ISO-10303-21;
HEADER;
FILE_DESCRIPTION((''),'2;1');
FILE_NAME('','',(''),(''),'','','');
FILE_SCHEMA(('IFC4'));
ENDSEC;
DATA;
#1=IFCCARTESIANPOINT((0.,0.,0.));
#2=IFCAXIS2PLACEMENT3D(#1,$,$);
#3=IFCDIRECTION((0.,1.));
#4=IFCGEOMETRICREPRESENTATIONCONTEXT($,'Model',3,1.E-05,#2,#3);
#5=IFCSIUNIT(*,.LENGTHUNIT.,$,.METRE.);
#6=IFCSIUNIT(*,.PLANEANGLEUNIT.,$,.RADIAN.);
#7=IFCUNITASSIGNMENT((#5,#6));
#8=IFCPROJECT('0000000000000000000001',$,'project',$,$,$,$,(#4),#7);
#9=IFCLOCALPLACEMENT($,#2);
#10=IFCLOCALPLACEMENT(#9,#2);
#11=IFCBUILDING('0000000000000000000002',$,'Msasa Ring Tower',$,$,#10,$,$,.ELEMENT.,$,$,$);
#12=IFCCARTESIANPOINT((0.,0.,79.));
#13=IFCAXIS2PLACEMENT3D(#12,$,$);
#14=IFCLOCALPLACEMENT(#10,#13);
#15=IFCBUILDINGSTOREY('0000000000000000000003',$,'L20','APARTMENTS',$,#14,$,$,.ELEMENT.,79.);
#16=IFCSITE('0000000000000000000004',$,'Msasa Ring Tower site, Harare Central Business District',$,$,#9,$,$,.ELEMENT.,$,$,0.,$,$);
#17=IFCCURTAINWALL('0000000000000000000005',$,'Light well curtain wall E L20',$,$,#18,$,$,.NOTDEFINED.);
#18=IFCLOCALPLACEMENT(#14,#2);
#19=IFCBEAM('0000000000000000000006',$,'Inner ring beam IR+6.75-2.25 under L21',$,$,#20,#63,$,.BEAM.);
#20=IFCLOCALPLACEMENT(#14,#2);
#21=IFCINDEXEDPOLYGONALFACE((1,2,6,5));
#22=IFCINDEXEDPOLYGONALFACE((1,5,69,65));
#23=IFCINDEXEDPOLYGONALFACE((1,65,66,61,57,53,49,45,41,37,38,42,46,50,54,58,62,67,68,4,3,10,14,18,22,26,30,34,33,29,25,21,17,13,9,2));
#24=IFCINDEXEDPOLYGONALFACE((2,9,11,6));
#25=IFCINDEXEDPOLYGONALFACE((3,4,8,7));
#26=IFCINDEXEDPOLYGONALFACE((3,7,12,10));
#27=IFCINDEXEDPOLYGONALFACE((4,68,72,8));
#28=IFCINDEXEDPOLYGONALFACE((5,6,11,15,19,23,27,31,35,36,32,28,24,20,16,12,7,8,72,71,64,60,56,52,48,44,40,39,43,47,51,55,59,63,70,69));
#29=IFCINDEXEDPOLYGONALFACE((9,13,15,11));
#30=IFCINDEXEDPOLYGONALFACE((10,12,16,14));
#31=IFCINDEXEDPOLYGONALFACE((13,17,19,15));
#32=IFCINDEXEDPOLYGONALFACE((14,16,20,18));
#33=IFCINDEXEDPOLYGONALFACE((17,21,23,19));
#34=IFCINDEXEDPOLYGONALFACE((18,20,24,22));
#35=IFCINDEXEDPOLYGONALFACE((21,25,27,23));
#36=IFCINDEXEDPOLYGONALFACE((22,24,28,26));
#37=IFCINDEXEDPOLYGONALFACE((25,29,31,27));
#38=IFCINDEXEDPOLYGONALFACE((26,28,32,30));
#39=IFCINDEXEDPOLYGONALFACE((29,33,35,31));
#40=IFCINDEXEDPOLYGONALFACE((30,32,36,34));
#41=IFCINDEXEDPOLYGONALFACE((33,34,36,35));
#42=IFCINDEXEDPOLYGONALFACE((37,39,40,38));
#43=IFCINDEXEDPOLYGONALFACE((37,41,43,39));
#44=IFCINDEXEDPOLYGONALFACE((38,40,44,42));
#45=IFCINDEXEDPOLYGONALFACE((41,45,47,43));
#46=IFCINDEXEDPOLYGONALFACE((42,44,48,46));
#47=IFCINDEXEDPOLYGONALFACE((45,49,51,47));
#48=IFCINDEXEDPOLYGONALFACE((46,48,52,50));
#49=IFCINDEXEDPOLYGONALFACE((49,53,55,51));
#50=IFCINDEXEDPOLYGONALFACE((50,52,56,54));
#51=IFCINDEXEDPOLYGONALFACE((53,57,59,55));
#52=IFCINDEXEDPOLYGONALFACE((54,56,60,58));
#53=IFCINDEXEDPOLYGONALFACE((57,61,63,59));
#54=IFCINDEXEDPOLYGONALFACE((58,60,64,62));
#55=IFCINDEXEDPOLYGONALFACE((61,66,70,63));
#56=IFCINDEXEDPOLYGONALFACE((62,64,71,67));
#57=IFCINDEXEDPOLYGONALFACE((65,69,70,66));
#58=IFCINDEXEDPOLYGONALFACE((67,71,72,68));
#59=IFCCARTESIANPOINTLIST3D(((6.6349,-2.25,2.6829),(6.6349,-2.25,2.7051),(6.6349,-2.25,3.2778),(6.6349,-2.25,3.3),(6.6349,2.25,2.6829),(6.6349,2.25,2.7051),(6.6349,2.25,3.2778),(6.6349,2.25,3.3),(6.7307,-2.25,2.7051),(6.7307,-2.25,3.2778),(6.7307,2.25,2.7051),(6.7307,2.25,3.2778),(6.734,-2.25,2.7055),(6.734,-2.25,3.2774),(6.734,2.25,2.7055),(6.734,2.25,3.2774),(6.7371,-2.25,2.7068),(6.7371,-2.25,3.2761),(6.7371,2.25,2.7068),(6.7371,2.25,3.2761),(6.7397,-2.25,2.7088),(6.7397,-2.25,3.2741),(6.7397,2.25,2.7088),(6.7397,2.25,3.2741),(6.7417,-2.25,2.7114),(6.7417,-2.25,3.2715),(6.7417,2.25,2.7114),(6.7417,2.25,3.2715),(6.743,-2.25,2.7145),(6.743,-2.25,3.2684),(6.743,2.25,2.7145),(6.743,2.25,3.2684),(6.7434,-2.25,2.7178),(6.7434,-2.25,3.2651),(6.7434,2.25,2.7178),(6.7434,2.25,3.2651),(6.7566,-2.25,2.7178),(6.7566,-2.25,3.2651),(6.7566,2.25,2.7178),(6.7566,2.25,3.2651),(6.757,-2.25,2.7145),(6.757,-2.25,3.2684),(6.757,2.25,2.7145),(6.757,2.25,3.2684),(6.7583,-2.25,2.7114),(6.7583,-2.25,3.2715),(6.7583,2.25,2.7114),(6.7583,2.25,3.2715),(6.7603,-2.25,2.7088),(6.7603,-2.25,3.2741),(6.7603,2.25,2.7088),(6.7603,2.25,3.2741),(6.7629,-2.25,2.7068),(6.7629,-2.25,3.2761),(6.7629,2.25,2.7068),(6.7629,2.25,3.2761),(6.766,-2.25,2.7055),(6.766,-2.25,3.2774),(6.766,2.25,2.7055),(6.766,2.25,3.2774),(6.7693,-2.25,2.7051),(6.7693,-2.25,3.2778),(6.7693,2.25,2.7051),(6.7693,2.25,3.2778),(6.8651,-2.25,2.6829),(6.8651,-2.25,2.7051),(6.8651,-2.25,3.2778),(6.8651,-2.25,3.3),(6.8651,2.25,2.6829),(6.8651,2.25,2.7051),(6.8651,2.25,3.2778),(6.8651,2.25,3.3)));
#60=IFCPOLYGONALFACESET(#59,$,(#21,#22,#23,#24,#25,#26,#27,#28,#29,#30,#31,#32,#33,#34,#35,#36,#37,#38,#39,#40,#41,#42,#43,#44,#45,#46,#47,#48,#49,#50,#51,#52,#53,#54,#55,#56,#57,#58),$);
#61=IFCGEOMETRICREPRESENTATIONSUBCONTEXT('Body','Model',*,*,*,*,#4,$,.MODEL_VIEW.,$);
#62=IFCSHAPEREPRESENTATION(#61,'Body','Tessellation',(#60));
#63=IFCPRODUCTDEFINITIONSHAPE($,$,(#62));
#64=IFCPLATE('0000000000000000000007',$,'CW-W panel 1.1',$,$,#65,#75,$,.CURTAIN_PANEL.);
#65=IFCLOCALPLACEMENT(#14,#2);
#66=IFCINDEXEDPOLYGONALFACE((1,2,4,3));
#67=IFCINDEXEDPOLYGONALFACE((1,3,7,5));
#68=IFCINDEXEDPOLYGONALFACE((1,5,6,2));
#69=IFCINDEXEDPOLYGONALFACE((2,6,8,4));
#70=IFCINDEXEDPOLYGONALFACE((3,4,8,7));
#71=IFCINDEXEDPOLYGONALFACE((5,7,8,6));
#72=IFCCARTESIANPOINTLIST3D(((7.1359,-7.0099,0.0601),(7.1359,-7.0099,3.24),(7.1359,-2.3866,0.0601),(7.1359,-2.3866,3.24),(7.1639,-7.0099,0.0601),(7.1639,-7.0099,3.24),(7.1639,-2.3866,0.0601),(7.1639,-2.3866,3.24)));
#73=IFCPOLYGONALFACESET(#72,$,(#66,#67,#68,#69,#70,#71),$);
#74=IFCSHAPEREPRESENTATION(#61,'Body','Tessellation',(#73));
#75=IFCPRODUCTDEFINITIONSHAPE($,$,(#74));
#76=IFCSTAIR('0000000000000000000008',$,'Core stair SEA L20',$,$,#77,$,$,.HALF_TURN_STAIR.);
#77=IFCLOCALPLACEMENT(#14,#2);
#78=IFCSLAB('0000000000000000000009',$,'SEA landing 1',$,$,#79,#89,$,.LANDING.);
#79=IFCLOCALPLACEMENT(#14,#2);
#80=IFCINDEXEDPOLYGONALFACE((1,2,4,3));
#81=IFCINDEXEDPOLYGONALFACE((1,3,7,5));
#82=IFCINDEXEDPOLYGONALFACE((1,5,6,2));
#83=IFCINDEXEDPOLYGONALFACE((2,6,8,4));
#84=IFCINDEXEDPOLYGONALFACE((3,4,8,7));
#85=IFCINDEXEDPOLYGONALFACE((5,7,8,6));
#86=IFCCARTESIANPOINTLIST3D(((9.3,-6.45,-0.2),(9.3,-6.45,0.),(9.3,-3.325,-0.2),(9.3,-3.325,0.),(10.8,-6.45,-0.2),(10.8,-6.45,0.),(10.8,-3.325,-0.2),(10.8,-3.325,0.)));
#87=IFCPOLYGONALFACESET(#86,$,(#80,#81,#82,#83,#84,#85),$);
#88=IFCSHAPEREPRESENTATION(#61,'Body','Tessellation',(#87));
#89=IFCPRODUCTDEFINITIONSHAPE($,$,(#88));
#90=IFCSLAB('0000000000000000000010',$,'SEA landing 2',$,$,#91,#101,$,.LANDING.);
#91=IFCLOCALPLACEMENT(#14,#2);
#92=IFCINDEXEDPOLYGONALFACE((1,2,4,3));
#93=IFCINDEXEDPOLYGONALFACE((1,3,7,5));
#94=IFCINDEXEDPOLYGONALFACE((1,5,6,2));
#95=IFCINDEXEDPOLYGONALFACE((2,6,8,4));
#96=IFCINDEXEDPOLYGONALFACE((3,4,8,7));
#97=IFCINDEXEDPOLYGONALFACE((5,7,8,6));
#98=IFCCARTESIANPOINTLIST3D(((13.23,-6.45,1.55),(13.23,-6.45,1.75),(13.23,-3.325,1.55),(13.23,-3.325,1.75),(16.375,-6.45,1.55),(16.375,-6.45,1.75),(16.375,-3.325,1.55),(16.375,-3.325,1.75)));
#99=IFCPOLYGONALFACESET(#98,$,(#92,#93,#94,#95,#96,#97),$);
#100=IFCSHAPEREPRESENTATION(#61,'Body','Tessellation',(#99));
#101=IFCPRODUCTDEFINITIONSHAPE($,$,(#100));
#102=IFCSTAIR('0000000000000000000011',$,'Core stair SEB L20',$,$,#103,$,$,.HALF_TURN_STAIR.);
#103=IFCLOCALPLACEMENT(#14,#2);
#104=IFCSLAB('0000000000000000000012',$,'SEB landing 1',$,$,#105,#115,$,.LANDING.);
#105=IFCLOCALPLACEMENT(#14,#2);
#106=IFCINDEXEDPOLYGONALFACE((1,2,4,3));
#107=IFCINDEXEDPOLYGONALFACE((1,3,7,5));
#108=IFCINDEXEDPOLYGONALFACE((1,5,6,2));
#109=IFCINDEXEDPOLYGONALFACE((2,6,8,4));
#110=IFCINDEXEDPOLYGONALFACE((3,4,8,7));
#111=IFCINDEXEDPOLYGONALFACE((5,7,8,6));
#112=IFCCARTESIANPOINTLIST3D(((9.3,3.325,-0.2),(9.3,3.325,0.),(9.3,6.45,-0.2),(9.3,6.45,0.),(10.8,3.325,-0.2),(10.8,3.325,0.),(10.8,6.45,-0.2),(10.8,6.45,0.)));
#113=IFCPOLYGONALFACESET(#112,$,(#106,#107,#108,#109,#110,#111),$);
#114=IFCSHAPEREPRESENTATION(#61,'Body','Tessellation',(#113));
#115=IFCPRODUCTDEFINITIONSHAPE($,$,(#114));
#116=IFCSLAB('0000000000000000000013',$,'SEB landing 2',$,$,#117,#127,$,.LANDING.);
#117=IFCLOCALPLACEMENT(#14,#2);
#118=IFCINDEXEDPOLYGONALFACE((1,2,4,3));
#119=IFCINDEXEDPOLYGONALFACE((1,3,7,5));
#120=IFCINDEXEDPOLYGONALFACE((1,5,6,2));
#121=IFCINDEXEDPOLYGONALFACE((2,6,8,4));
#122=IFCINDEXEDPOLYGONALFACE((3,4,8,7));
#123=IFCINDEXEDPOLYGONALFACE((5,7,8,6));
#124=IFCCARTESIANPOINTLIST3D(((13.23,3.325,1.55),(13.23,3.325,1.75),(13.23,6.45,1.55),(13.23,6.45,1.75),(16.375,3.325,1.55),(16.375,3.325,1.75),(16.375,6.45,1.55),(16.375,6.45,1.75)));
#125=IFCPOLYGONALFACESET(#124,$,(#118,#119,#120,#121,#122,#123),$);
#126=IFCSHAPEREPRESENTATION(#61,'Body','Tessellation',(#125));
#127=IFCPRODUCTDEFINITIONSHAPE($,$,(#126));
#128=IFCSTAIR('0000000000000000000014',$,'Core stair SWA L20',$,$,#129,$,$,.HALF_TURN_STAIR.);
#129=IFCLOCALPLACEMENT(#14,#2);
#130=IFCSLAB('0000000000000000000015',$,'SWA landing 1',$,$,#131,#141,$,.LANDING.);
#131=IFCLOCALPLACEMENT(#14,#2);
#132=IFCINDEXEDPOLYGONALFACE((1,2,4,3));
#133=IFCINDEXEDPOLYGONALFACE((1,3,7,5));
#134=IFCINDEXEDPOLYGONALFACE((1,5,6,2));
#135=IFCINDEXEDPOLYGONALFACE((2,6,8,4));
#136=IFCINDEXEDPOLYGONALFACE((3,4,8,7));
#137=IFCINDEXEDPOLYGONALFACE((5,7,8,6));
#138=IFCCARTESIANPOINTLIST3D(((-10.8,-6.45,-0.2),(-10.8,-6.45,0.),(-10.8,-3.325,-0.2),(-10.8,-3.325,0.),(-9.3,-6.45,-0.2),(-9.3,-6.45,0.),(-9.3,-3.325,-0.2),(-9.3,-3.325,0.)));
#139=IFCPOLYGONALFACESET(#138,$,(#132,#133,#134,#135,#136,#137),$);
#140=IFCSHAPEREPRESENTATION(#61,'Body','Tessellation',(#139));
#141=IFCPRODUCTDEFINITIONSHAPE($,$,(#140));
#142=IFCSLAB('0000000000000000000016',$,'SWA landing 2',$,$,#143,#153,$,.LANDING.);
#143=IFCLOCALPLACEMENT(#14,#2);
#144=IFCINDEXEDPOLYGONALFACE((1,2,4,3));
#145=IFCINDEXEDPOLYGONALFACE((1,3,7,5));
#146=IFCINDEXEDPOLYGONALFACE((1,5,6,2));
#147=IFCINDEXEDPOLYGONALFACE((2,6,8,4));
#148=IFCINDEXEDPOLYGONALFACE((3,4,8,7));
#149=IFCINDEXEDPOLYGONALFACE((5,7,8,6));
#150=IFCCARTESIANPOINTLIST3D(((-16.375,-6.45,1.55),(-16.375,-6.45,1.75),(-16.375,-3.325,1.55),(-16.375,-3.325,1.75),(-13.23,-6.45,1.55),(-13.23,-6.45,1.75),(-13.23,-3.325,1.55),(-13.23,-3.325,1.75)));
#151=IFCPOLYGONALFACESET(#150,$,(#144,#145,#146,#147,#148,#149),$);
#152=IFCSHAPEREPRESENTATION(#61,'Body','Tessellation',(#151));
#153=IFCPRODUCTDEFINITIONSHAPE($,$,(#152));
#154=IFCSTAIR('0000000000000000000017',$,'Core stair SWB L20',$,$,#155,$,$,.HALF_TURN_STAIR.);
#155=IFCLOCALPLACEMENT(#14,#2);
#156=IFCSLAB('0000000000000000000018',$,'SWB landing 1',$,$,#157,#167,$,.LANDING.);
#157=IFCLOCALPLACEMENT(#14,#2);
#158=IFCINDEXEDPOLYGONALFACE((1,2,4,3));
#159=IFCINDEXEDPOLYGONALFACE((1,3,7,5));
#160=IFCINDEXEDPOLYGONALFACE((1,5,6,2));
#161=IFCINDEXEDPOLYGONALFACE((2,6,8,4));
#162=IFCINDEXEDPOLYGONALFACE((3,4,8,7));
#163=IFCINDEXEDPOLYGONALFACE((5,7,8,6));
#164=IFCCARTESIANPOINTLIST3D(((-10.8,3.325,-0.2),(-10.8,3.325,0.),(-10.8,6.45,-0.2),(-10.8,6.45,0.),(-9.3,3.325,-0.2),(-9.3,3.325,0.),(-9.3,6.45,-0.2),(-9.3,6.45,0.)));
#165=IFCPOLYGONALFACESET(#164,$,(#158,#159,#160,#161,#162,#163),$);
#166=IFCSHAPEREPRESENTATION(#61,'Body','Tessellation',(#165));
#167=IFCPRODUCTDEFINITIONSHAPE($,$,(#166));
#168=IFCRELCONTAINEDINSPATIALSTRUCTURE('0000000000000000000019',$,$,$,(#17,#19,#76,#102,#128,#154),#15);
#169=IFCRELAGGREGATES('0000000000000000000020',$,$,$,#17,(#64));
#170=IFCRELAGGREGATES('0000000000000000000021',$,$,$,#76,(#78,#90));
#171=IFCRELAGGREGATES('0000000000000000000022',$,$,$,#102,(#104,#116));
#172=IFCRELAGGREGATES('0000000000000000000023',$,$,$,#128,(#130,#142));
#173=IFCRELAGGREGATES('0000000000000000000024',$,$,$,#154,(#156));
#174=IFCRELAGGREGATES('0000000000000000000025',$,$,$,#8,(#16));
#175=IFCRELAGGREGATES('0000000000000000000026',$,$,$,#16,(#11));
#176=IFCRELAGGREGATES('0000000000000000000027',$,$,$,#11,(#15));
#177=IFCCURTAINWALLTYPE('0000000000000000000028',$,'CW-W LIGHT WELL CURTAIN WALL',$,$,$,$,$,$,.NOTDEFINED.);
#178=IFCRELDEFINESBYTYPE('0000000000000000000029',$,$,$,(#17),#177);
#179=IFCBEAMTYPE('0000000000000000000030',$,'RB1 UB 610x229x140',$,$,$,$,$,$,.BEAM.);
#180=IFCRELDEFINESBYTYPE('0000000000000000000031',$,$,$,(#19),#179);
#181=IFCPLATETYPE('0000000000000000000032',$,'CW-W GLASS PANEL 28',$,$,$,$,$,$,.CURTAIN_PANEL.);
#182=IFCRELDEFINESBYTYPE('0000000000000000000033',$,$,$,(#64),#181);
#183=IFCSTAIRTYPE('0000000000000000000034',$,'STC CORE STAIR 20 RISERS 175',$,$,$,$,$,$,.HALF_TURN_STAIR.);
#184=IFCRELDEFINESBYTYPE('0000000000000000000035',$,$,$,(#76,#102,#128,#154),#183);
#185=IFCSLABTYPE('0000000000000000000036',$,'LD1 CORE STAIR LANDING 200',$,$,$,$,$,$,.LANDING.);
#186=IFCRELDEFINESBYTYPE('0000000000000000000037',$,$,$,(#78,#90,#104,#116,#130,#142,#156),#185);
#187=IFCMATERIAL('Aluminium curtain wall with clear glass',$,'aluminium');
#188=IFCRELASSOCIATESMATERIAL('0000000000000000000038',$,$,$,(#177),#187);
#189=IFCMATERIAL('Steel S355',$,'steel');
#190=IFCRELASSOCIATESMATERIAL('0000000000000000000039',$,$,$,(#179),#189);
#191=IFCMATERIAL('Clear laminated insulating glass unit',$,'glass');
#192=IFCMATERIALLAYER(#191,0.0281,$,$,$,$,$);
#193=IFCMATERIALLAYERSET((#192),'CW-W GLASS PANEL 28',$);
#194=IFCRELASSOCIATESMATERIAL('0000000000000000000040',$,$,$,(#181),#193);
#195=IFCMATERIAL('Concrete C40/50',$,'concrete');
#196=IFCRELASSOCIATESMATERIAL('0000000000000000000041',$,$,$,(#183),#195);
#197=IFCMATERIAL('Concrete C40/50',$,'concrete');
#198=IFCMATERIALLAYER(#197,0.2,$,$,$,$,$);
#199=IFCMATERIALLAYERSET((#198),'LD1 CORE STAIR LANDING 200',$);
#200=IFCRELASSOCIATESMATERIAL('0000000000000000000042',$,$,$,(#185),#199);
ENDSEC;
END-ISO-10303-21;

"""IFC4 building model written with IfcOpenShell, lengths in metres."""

from ifc_helpers import new_model, si_unit, direction, frame, origin, origin_2d, place, context, subcontext, project, spatial, polyline, rectangle, i_section, outline, extrude, material, layer, layer_set, material_profile, profile_set, type_object, element, aggregate, save


model = new_model("IFC4")

# Units and contexts
model_context = context("Model", 3, precision=1e-05, world=origin(), true_north=direction((0.0, 1.0)))
body_context = subcontext(model_context, "Body", "Model", "MODEL_VIEW")
ifc_project = project(units=[si_unit("LENGTHUNIT", "METRE"), si_unit("PLANEANGLEUNIT", "RADIAN")], contexts=[model_context])

# Site, building, storey
site_placement = place(None, origin())
site = spatial("IfcSite", under=ifc_project, at=site_placement, Name="Msasa Ring Tower site, Harare Central Business District", CompositionType="ELEMENT", RefElevation=0.0)
building_placement = place(site_placement, origin())
building = spatial("IfcBuilding", under=site, at=building_placement, Name="Msasa Ring Tower", CompositionType="ELEMENT")
storey_placement = place(building_placement, frame((0.0, 0.0, 79.0)))
storey = spatial("IfcBuildingStorey", under=building, at=storey_placement, Name="L20", Description="APARTMENTS", CompositionType="ELEMENT", Elevation=79.0)

# Curtain wall
ifc_material_1 = material(Name="Aluminium curtain wall with clear glass", Category="aluminium")
curtain_wall_type = type_object("IfcCurtainWallType", Name="CW-W LIGHT WELL CURTAIN WALL", PredefinedType="NOTDEFINED", material=ifc_material_1)
curtain_wall_placement = place(storey_placement, origin())
curtain_wall = element("IfcCurtainWall", 1, at=curtain_wall_placement, inside=storey, type_object=curtain_wall_type, Name="Light well curtain wall E L20", PredefinedType="NOTDEFINED")

# Beam
ifc_material_2 = material(Name="Steel S355", Category="steel")
ifc_material_profile_1 = material_profile(ifc_material_2, i_section(OverallWidth=0.2302, OverallDepth=0.6172, WebThickness=0.0132, FlangeThickness=0.0222, FilletRadius=0.0127, at=origin_2d()), Name="UB 610x229x140")
ifc_profile_set_1 = profile_set([ifc_material_profile_1], Name="Steel S355")
beam_type = type_object("IfcBeamType", Name="RB1 UB 610x229x140", PredefinedType="BEAM", material=ifc_profile_set_1)
for number, where, z_axis, x_axis, name in (
    (2, (6.75, -2.25, 2.9915), (0.0, 1.0, 0.0), (-1.0, 0.0, 0.0), "Inner ring beam IR+6.75-2.25 under L21"),
):
    element("IfcBeam", number, at=place(storey_placement, frame(where, z_axis=z_axis, x_axis=x_axis)), inside=storey, type_object=beam_type, Name=name, PredefinedType="BEAM", context=body_context, shape_type="SweptSolid", body=[
        extrude(i_section(OverallWidth=0.2302, OverallDepth=0.6172, WebThickness=0.0132, FlangeThickness=0.0222, FilletRadius=0.0127, at=origin_2d()), origin(), (0.0, 0.0, 1.0), 4.5),
    ])

# Plate
ifc_material_3 = material(Name="Clear laminated insulating glass unit", Category="glass")
ifc_layer_1 = layer(ifc_material_3, 0.0281)
ifc_layer_set_1 = layer_set([ifc_layer_1], Name="CW-W GLASS PANEL 28")
plate_type = type_object("IfcPlateType", Name="CW-W GLASS PANEL 28", PredefinedType="CURTAIN_PANEL", material=ifc_layer_set_1)
plate_placement = place(storey_placement, frame((7.1499, -4.6982, 0.0601), z_axis=(0.0, 0.0, 1.0), x_axis=(0.0, 1.0, 0.0)))
plate = element("IfcPlate", 3, at=plate_placement, type_object=plate_type, Name="CW-W panel 1.1", PredefinedType="CURTAIN_PANEL", context=body_context, shape_type="SweptSolid", body=[
    extrude(rectangle(XDim=4.6233, YDim=0.0281, at=origin_2d()), origin(), (0.0, 0.0, 1.0), 3.1799),
])
aggregate(curtain_wall, [plate])

# Stairs, slabs
ifc_material_4 = material(Name="Concrete C40/50", Category="concrete")
stair_type = type_object("IfcStairType", Name="STC CORE STAIR 20 RISERS 175", PredefinedType="HALF_TURN_STAIR", material=ifc_material_4)
stair_1_placement = place(storey_placement, origin())
stair_1 = element("IfcStair", 4, at=stair_1_placement, inside=storey, type_object=stair_type, Name="Core stair SEA L20", PredefinedType="HALF_TURN_STAIR")
ifc_material_5 = material(Name="Concrete C40/50", Category="concrete")
ifc_layer_2 = layer(ifc_material_5, 0.2)
ifc_layer_set_2 = layer_set([ifc_layer_2], Name="LD1 CORE STAIR LANDING 200")
slab_type = type_object("IfcSlabType", Name="LD1 CORE STAIR LANDING 200", PredefinedType="LANDING", material=ifc_layer_set_2)
slab_1_placement = place(storey_placement, frame((0.0, 0.0, -0.2)))
slab_1 = element("IfcSlab", 5, at=slab_1_placement, type_object=slab_type, Name="SEA landing 1", PredefinedType="LANDING", context=body_context, shape_type="SweptSolid", body=[
    extrude(outline(polyline([(9.3, -6.45), (10.8, -6.45), (10.8, -3.325), (9.3, -3.325), (9.3, -6.45)])), origin(), (0.0, 0.0, 1.0), 0.2),
])
slab_2_placement = place(storey_placement, frame((0.0, 0.0, 1.55)))
slab_2 = element("IfcSlab", 6, at=slab_2_placement, type_object=slab_type, Name="SEA landing 2", PredefinedType="LANDING", context=body_context, shape_type="SweptSolid", body=[
    extrude(outline(polyline([(13.23, -6.45), (16.375, -6.45), (16.375, -3.325), (13.23, -3.325), (13.23, -6.45)])), origin(), (0.0, 0.0, 1.0), 0.2),
])
aggregate(stair_1, [slab_1, slab_2])
stair_2_placement = place(storey_placement, origin())
stair_2 = element("IfcStair", 7, at=stair_2_placement, inside=storey, type_object=stair_type, Name="Core stair SEB L20", PredefinedType="HALF_TURN_STAIR")
slab_3_placement = place(storey_placement, frame((0.0, 0.0, -0.2)))
slab_3 = element("IfcSlab", 8, at=slab_3_placement, type_object=slab_type, Name="SEB landing 1", PredefinedType="LANDING", context=body_context, shape_type="SweptSolid", body=[
    extrude(outline(polyline([(9.3, 3.325), (10.8, 3.325), (10.8, 6.45), (9.3, 6.45), (9.3, 3.325)])), origin(), (0.0, 0.0, 1.0), 0.2),
])
slab_4_placement = place(storey_placement, frame((0.0, 0.0, 1.55)))
slab_4 = element("IfcSlab", 9, at=slab_4_placement, type_object=slab_type, Name="SEB landing 2", PredefinedType="LANDING", context=body_context, shape_type="SweptSolid", body=[
    extrude(outline(polyline([(13.23, 3.325), (16.375, 3.325), (16.375, 6.45), (13.23, 6.45), (13.23, 3.325)])), origin(), (0.0, 0.0, 1.0), 0.2),
])
aggregate(stair_2, [slab_3, slab_4])
stair_3_placement = place(storey_placement, origin())
stair_3 = element("IfcStair", 10, at=stair_3_placement, inside=storey, type_object=stair_type, Name="Core stair SWA L20", PredefinedType="HALF_TURN_STAIR")
slab_5_placement = place(storey_placement, frame((0.0, 0.0, -0.2)))
slab_5 = element("IfcSlab", 11, at=slab_5_placement, type_object=slab_type, Name="SWA landing 1", PredefinedType="LANDING", context=body_context, shape_type="SweptSolid", body=[
    extrude(outline(polyline([(-10.8, -6.45), (-9.3, -6.45), (-9.3, -3.325), (-10.8, -3.325), (-10.8, -6.45)])), origin(), (0.0, 0.0, 1.0), 0.2),
])
slab_6_placement = place(storey_placement, frame((0.0, 0.0, 1.55)))
slab_6 = element("IfcSlab", 12, at=slab_6_placement, type_object=slab_type, Name="SWA landing 2", PredefinedType="LANDING", context=body_context, shape_type="SweptSolid", body=[
    extrude(outline(polyline([(-16.375, -6.45), (-13.23, -6.45), (-13.23, -3.325), (-16.375, -3.325), (-16.375, -6.45)])), origin(), (0.0, 0.0, 1.0), 0.2),
])
aggregate(stair_3, [slab_5, slab_6])

# Stair, slab
stair_4_placement = place(storey_placement, origin())
stair_4 = element("IfcStair", 13, at=stair_4_placement, inside=storey, type_object=stair_type, Name="Core stair SWB L20", PredefinedType="HALF_TURN_STAIR")
slab_7_placement = place(storey_placement, frame((0.0, 0.0, -0.2)))
slab_7 = element("IfcSlab", 14, at=slab_7_placement, type_object=slab_type, Name="SWB landing 1", PredefinedType="LANDING", context=body_context, shape_type="SweptSolid", body=[
    extrude(outline(polyline([(-10.8, 3.325), (-9.3, 3.325), (-9.3, 6.45), (-10.8, 6.45), (-10.8, 3.325)])), origin(), (0.0, 0.0, 1.0), 0.2),
])
aggregate(stair_4, [slab_7])

save(model, "model.ifc")
